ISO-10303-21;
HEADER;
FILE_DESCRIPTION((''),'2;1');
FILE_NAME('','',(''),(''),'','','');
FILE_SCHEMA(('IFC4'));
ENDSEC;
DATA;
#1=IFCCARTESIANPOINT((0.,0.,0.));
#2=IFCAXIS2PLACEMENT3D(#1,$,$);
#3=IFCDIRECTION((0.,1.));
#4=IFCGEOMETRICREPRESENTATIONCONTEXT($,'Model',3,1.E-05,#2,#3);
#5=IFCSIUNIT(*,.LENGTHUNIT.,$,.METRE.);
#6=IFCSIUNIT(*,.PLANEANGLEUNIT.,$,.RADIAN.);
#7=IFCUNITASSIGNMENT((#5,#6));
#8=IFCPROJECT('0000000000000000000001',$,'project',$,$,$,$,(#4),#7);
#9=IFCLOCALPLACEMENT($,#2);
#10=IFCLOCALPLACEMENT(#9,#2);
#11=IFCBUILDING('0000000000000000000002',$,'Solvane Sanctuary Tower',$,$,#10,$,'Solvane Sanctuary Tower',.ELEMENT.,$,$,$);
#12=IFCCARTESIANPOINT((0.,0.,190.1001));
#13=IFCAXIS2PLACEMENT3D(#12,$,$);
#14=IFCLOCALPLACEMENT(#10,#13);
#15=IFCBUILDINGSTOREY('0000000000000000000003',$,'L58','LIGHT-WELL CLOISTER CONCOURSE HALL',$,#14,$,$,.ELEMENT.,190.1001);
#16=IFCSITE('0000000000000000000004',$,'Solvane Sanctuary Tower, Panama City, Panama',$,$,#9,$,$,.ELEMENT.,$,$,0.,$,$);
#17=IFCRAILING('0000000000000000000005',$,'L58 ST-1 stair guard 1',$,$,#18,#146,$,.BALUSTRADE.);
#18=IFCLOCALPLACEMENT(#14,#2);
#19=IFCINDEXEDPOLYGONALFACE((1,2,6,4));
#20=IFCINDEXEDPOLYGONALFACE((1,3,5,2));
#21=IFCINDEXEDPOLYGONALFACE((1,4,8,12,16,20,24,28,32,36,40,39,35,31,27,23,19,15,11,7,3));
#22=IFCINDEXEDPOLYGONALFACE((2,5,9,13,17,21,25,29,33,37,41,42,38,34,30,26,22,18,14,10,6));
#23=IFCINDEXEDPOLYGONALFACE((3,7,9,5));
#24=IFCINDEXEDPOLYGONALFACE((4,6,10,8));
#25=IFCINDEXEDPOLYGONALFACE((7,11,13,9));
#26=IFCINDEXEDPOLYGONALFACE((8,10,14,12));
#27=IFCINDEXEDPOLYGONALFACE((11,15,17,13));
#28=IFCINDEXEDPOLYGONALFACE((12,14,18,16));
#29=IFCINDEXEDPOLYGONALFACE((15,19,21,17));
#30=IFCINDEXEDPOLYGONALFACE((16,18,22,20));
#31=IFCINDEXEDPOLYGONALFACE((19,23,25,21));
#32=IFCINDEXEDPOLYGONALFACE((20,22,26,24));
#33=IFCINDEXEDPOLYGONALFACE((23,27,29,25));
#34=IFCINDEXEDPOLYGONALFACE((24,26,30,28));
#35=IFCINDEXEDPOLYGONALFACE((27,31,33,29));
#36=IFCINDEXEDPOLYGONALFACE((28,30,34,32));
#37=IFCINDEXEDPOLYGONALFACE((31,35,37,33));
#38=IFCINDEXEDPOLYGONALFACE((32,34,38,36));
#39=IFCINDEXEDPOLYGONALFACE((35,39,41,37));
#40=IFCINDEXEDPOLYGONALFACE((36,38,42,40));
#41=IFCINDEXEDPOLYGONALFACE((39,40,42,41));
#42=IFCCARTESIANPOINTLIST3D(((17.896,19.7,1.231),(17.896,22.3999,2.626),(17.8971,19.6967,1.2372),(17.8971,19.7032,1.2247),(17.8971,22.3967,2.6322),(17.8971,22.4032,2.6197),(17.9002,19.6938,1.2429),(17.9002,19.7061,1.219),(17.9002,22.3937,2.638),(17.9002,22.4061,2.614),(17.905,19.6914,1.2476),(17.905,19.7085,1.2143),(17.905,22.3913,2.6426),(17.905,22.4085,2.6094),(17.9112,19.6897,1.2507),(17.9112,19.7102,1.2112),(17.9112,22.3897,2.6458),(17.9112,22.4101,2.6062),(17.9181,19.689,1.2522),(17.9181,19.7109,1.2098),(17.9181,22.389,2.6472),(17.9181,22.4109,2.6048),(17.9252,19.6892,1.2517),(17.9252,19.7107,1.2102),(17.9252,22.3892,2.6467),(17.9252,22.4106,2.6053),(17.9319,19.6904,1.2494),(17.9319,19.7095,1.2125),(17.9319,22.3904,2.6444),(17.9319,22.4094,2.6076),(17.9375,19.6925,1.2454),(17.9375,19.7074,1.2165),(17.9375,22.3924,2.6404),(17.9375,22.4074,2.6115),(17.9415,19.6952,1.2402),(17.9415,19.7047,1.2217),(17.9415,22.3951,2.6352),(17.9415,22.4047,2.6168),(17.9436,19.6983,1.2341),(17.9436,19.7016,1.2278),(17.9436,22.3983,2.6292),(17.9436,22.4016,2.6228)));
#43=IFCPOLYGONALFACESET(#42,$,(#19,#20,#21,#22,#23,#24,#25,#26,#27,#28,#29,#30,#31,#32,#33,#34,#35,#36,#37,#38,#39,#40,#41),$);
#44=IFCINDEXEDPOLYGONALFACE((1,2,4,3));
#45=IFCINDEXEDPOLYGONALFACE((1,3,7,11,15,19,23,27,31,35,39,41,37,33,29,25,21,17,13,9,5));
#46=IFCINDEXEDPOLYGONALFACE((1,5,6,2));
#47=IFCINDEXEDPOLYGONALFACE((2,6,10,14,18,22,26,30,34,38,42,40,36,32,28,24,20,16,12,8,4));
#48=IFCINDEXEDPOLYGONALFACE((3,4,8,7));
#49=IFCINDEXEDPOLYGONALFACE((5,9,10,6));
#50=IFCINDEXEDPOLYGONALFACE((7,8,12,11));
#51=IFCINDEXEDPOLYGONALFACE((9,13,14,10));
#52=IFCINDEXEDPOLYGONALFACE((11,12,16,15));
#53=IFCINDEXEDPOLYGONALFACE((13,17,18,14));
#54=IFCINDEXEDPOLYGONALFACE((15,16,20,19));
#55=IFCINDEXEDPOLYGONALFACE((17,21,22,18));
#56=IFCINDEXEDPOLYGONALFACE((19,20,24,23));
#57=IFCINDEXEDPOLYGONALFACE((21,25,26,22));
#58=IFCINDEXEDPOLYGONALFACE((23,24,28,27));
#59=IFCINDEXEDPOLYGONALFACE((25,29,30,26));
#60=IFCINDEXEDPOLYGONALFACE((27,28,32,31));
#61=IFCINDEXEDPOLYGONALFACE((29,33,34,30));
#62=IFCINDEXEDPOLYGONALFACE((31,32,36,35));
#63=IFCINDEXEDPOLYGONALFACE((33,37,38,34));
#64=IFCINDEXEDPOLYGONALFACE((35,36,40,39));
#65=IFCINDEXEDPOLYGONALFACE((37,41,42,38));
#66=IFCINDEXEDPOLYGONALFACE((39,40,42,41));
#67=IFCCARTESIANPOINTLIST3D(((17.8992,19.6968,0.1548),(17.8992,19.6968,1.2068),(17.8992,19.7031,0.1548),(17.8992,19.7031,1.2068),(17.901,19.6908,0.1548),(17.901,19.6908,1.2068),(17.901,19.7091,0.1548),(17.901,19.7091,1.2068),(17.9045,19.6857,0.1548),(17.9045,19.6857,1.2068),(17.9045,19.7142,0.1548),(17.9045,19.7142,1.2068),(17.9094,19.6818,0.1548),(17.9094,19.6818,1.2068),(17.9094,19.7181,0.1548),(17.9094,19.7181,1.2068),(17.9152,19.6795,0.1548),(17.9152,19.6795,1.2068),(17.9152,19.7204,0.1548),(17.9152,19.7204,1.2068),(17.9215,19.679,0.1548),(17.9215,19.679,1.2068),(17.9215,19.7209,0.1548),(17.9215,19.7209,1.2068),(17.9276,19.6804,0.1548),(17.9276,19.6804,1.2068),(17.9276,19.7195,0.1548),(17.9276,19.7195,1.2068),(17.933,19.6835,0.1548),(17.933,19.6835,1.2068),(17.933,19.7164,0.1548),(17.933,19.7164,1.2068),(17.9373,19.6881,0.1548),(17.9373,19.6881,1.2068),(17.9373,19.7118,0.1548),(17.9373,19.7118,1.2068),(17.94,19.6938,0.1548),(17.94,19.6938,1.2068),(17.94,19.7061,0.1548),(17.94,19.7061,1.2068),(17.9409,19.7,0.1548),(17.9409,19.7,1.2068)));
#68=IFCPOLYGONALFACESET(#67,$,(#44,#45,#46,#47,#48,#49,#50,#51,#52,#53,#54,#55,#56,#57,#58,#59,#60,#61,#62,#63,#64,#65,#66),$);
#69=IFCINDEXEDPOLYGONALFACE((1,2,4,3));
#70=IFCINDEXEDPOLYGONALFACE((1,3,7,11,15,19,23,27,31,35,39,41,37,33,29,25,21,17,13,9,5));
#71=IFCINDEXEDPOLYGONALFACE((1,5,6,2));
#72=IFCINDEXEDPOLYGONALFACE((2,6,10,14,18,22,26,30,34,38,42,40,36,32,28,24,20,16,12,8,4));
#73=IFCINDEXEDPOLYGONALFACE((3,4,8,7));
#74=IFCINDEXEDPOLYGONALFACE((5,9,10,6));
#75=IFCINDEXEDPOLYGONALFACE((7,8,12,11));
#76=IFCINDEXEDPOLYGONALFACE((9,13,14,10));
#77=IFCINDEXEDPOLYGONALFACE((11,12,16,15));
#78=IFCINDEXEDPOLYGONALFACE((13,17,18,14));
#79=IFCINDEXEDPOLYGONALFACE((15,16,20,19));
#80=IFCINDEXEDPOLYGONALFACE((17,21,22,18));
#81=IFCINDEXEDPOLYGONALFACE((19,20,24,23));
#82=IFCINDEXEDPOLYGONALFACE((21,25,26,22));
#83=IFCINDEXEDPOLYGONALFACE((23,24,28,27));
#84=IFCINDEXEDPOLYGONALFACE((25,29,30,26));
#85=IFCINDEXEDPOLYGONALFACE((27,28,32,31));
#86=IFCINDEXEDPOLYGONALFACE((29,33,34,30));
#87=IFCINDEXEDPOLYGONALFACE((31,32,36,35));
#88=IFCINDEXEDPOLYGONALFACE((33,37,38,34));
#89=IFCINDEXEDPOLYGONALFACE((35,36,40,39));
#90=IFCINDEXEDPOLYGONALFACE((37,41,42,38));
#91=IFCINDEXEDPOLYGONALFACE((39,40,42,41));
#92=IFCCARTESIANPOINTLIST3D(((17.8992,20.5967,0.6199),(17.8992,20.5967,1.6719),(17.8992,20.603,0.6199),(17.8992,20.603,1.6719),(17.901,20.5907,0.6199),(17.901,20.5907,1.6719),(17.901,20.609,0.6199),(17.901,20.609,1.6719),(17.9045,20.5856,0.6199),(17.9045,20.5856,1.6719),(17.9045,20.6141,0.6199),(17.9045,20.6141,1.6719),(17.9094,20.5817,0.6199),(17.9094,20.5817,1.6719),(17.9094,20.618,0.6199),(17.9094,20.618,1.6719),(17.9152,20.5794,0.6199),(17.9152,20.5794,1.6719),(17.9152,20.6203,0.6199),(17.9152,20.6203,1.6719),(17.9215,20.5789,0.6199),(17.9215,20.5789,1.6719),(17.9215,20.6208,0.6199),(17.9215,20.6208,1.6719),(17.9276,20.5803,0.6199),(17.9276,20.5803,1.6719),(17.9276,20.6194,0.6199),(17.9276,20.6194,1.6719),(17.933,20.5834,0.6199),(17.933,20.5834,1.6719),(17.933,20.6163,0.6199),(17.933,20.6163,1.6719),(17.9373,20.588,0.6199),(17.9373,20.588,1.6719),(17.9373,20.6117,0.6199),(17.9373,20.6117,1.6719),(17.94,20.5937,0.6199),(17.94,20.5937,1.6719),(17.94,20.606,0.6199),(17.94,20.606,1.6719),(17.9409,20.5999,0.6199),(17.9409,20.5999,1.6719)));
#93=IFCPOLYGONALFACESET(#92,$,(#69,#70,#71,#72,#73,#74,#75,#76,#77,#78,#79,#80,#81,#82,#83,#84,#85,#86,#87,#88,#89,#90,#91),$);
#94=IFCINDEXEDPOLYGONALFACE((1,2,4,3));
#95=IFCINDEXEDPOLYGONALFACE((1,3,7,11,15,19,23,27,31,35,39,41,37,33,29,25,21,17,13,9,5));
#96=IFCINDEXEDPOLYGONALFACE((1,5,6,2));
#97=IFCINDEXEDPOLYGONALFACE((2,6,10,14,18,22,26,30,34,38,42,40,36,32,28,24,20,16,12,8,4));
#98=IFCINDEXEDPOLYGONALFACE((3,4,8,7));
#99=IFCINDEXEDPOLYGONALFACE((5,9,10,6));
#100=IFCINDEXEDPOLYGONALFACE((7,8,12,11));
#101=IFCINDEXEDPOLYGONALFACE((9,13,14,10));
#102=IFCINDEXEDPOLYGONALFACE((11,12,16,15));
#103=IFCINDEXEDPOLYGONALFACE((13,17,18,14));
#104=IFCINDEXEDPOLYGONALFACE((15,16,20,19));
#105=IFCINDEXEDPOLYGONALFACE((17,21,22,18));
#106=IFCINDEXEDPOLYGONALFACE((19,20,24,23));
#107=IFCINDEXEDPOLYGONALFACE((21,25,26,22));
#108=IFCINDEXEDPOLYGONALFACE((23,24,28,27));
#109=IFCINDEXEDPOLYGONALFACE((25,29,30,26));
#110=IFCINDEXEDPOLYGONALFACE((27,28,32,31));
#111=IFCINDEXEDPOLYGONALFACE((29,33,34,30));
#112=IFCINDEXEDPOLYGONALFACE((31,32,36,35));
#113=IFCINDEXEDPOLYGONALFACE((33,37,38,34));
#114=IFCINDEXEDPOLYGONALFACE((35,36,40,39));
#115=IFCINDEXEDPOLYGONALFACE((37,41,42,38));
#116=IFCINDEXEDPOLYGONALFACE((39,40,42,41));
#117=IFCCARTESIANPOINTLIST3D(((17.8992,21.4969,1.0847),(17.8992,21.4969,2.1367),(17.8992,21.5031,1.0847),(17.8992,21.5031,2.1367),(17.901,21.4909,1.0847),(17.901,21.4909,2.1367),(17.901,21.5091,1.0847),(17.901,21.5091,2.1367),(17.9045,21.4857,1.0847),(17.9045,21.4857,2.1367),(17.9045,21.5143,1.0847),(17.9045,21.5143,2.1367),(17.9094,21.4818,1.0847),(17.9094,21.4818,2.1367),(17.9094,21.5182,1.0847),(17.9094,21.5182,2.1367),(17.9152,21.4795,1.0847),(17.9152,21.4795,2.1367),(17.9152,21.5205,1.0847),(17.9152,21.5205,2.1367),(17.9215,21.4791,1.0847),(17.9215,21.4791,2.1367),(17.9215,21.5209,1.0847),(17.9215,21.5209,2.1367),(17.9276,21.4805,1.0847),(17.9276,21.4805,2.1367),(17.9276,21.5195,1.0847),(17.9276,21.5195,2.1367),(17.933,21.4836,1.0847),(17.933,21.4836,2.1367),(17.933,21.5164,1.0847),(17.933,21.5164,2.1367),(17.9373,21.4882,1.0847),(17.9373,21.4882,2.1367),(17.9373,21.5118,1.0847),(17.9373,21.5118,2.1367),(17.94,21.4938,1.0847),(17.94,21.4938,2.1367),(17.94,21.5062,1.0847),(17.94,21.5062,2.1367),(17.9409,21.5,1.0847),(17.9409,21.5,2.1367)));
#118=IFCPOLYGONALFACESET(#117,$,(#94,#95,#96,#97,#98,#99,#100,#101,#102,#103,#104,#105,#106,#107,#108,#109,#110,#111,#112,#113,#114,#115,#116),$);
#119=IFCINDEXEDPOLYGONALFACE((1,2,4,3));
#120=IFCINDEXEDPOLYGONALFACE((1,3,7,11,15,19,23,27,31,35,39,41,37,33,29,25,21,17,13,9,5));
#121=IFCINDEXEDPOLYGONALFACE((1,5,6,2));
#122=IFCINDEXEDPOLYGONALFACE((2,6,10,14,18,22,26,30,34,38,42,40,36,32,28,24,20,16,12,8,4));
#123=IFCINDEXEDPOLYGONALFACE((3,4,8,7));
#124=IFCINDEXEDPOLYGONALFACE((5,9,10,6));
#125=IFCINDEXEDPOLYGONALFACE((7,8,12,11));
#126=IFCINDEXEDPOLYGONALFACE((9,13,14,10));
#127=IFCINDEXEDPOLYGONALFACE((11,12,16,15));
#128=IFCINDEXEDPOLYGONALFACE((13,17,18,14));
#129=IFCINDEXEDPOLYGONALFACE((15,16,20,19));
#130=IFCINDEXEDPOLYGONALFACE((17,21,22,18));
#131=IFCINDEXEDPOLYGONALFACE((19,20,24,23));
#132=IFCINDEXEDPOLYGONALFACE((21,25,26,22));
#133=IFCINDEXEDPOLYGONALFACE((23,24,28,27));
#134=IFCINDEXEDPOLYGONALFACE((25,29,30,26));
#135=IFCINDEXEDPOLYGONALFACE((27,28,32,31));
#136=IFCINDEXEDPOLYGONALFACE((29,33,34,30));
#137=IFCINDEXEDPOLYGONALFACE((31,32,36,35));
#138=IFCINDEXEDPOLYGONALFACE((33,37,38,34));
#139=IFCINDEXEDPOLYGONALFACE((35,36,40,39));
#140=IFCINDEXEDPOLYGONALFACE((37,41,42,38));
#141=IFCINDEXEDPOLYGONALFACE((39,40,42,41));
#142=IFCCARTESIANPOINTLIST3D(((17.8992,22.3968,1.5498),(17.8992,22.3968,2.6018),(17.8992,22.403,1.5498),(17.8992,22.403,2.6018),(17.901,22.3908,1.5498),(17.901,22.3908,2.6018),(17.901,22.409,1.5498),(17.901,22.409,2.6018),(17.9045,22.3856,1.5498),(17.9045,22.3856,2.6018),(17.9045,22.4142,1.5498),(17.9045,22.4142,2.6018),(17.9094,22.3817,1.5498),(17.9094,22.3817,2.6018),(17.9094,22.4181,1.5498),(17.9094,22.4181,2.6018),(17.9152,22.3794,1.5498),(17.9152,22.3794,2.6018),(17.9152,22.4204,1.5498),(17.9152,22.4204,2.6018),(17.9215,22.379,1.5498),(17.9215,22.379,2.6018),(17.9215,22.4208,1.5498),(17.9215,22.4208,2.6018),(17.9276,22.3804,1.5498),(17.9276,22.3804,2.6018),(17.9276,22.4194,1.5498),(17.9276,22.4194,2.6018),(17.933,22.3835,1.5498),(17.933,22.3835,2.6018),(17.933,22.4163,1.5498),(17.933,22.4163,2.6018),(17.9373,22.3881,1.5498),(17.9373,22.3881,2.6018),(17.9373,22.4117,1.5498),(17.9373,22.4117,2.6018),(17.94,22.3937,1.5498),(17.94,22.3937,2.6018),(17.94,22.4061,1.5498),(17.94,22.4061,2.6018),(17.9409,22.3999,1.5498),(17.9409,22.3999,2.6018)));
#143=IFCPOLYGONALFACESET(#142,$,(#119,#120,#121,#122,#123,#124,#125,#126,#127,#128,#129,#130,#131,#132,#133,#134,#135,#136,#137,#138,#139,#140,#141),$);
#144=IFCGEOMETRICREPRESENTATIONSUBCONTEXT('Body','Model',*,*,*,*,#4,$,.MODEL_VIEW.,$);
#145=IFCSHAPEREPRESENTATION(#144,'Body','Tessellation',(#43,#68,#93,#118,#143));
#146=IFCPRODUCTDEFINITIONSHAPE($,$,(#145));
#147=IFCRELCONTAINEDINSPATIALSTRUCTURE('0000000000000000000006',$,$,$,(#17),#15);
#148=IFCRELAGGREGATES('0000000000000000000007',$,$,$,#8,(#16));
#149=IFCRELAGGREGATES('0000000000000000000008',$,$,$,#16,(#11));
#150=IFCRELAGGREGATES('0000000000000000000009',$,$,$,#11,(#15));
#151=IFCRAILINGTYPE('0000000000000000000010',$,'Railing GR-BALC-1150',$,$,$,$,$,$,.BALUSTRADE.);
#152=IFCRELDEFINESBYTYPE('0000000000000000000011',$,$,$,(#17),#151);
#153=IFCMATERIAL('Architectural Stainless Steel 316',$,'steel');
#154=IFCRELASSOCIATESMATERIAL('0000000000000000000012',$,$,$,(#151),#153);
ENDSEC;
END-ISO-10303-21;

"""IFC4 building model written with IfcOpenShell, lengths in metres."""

from ifc_helpers import new_model, si_unit, direction, frame, origin, origin_2d, place, context, subcontext, project, spatial, circle, extrude, material, type_object, element, save


model = new_model("IFC4")

# Units and contexts
model_context = context("Model", 3, precision=1e-05, world=origin(), true_north=direction((0.0, 1.0)))
body_context = subcontext(model_context, "Body", "Model", "MODEL_VIEW")
ifc_project = project(units=[si_unit("LENGTHUNIT", "METRE"), si_unit("PLANEANGLEUNIT", "RADIAN")], contexts=[model_context])

# Site, building, storey
site_placement = place(None, origin())
site = spatial("IfcSite", under=ifc_project, at=site_placement, Name="Solvane Sanctuary Tower, Panama City, Panama", CompositionType="ELEMENT", RefElevation=0.0)
building_placement = place(site_placement, origin())
building = spatial("IfcBuilding", under=site, at=building_placement, Name="Solvane Sanctuary Tower", LongName="Solvane Sanctuary Tower", CompositionType="ELEMENT")
storey_placement = place(building_placement, frame((0.0, 0.0, 190.1001)))
storey = spatial("IfcBuildingStorey", under=building, at=storey_placement, Name="L58", Description="LIGHT-WELL CLOISTER CONCOURSE HALL", CompositionType="ELEMENT", Elevation=190.1001)

# Shared definitions
ifc_material_1 = material(Name="Architectural Stainless Steel 316", Category="steel")

# Railing
railing_type = type_object("IfcRailingType", Name="Railing GR-BALC-1150", PredefinedType="BALUSTRADE", material=ifc_material_1)
railing_placement = place(storey_placement, frame((17.9199, 19.7, 0.1548)))
element("IfcRailing", 1, at=railing_placement, inside=storey, type_object=railing_type, Name="L58 ST-1 stair guard 1", PredefinedType="BALUSTRADE", context=body_context, shape_type="SweptSolid", body=[
    extrude(circle(Radius=0.0239, at=origin_2d()), frame((0.0, 0.0, 1.0762), z_axis=(0.0, 0.88842, 0.459032), x_axis=(-1.0, 0.0, 0.0)), (0.0, 0.0, 1.0), 3.0391),
    extrude(circle(Radius=0.021, at=origin_2d()), origin(), (0.0, 0.0, 1.0), 1.052),
    extrude(circle(Radius=0.021, at=origin_2d()), frame((0.0, 0.8999, 0.4651)), (0.0, 0.0, 1.0), 1.052),
    extrude(circle(Radius=0.021, at=origin_2d()), frame((0.0, 1.8, 0.9299)), (0.0, 0.0, 1.0), 1.052),
    extrude(circle(Radius=0.021, at=origin_2d()), frame((0.0, 2.7, 1.395)), (0.0, 0.0, 1.0), 1.052),
])

save(model, "model.ifc")
